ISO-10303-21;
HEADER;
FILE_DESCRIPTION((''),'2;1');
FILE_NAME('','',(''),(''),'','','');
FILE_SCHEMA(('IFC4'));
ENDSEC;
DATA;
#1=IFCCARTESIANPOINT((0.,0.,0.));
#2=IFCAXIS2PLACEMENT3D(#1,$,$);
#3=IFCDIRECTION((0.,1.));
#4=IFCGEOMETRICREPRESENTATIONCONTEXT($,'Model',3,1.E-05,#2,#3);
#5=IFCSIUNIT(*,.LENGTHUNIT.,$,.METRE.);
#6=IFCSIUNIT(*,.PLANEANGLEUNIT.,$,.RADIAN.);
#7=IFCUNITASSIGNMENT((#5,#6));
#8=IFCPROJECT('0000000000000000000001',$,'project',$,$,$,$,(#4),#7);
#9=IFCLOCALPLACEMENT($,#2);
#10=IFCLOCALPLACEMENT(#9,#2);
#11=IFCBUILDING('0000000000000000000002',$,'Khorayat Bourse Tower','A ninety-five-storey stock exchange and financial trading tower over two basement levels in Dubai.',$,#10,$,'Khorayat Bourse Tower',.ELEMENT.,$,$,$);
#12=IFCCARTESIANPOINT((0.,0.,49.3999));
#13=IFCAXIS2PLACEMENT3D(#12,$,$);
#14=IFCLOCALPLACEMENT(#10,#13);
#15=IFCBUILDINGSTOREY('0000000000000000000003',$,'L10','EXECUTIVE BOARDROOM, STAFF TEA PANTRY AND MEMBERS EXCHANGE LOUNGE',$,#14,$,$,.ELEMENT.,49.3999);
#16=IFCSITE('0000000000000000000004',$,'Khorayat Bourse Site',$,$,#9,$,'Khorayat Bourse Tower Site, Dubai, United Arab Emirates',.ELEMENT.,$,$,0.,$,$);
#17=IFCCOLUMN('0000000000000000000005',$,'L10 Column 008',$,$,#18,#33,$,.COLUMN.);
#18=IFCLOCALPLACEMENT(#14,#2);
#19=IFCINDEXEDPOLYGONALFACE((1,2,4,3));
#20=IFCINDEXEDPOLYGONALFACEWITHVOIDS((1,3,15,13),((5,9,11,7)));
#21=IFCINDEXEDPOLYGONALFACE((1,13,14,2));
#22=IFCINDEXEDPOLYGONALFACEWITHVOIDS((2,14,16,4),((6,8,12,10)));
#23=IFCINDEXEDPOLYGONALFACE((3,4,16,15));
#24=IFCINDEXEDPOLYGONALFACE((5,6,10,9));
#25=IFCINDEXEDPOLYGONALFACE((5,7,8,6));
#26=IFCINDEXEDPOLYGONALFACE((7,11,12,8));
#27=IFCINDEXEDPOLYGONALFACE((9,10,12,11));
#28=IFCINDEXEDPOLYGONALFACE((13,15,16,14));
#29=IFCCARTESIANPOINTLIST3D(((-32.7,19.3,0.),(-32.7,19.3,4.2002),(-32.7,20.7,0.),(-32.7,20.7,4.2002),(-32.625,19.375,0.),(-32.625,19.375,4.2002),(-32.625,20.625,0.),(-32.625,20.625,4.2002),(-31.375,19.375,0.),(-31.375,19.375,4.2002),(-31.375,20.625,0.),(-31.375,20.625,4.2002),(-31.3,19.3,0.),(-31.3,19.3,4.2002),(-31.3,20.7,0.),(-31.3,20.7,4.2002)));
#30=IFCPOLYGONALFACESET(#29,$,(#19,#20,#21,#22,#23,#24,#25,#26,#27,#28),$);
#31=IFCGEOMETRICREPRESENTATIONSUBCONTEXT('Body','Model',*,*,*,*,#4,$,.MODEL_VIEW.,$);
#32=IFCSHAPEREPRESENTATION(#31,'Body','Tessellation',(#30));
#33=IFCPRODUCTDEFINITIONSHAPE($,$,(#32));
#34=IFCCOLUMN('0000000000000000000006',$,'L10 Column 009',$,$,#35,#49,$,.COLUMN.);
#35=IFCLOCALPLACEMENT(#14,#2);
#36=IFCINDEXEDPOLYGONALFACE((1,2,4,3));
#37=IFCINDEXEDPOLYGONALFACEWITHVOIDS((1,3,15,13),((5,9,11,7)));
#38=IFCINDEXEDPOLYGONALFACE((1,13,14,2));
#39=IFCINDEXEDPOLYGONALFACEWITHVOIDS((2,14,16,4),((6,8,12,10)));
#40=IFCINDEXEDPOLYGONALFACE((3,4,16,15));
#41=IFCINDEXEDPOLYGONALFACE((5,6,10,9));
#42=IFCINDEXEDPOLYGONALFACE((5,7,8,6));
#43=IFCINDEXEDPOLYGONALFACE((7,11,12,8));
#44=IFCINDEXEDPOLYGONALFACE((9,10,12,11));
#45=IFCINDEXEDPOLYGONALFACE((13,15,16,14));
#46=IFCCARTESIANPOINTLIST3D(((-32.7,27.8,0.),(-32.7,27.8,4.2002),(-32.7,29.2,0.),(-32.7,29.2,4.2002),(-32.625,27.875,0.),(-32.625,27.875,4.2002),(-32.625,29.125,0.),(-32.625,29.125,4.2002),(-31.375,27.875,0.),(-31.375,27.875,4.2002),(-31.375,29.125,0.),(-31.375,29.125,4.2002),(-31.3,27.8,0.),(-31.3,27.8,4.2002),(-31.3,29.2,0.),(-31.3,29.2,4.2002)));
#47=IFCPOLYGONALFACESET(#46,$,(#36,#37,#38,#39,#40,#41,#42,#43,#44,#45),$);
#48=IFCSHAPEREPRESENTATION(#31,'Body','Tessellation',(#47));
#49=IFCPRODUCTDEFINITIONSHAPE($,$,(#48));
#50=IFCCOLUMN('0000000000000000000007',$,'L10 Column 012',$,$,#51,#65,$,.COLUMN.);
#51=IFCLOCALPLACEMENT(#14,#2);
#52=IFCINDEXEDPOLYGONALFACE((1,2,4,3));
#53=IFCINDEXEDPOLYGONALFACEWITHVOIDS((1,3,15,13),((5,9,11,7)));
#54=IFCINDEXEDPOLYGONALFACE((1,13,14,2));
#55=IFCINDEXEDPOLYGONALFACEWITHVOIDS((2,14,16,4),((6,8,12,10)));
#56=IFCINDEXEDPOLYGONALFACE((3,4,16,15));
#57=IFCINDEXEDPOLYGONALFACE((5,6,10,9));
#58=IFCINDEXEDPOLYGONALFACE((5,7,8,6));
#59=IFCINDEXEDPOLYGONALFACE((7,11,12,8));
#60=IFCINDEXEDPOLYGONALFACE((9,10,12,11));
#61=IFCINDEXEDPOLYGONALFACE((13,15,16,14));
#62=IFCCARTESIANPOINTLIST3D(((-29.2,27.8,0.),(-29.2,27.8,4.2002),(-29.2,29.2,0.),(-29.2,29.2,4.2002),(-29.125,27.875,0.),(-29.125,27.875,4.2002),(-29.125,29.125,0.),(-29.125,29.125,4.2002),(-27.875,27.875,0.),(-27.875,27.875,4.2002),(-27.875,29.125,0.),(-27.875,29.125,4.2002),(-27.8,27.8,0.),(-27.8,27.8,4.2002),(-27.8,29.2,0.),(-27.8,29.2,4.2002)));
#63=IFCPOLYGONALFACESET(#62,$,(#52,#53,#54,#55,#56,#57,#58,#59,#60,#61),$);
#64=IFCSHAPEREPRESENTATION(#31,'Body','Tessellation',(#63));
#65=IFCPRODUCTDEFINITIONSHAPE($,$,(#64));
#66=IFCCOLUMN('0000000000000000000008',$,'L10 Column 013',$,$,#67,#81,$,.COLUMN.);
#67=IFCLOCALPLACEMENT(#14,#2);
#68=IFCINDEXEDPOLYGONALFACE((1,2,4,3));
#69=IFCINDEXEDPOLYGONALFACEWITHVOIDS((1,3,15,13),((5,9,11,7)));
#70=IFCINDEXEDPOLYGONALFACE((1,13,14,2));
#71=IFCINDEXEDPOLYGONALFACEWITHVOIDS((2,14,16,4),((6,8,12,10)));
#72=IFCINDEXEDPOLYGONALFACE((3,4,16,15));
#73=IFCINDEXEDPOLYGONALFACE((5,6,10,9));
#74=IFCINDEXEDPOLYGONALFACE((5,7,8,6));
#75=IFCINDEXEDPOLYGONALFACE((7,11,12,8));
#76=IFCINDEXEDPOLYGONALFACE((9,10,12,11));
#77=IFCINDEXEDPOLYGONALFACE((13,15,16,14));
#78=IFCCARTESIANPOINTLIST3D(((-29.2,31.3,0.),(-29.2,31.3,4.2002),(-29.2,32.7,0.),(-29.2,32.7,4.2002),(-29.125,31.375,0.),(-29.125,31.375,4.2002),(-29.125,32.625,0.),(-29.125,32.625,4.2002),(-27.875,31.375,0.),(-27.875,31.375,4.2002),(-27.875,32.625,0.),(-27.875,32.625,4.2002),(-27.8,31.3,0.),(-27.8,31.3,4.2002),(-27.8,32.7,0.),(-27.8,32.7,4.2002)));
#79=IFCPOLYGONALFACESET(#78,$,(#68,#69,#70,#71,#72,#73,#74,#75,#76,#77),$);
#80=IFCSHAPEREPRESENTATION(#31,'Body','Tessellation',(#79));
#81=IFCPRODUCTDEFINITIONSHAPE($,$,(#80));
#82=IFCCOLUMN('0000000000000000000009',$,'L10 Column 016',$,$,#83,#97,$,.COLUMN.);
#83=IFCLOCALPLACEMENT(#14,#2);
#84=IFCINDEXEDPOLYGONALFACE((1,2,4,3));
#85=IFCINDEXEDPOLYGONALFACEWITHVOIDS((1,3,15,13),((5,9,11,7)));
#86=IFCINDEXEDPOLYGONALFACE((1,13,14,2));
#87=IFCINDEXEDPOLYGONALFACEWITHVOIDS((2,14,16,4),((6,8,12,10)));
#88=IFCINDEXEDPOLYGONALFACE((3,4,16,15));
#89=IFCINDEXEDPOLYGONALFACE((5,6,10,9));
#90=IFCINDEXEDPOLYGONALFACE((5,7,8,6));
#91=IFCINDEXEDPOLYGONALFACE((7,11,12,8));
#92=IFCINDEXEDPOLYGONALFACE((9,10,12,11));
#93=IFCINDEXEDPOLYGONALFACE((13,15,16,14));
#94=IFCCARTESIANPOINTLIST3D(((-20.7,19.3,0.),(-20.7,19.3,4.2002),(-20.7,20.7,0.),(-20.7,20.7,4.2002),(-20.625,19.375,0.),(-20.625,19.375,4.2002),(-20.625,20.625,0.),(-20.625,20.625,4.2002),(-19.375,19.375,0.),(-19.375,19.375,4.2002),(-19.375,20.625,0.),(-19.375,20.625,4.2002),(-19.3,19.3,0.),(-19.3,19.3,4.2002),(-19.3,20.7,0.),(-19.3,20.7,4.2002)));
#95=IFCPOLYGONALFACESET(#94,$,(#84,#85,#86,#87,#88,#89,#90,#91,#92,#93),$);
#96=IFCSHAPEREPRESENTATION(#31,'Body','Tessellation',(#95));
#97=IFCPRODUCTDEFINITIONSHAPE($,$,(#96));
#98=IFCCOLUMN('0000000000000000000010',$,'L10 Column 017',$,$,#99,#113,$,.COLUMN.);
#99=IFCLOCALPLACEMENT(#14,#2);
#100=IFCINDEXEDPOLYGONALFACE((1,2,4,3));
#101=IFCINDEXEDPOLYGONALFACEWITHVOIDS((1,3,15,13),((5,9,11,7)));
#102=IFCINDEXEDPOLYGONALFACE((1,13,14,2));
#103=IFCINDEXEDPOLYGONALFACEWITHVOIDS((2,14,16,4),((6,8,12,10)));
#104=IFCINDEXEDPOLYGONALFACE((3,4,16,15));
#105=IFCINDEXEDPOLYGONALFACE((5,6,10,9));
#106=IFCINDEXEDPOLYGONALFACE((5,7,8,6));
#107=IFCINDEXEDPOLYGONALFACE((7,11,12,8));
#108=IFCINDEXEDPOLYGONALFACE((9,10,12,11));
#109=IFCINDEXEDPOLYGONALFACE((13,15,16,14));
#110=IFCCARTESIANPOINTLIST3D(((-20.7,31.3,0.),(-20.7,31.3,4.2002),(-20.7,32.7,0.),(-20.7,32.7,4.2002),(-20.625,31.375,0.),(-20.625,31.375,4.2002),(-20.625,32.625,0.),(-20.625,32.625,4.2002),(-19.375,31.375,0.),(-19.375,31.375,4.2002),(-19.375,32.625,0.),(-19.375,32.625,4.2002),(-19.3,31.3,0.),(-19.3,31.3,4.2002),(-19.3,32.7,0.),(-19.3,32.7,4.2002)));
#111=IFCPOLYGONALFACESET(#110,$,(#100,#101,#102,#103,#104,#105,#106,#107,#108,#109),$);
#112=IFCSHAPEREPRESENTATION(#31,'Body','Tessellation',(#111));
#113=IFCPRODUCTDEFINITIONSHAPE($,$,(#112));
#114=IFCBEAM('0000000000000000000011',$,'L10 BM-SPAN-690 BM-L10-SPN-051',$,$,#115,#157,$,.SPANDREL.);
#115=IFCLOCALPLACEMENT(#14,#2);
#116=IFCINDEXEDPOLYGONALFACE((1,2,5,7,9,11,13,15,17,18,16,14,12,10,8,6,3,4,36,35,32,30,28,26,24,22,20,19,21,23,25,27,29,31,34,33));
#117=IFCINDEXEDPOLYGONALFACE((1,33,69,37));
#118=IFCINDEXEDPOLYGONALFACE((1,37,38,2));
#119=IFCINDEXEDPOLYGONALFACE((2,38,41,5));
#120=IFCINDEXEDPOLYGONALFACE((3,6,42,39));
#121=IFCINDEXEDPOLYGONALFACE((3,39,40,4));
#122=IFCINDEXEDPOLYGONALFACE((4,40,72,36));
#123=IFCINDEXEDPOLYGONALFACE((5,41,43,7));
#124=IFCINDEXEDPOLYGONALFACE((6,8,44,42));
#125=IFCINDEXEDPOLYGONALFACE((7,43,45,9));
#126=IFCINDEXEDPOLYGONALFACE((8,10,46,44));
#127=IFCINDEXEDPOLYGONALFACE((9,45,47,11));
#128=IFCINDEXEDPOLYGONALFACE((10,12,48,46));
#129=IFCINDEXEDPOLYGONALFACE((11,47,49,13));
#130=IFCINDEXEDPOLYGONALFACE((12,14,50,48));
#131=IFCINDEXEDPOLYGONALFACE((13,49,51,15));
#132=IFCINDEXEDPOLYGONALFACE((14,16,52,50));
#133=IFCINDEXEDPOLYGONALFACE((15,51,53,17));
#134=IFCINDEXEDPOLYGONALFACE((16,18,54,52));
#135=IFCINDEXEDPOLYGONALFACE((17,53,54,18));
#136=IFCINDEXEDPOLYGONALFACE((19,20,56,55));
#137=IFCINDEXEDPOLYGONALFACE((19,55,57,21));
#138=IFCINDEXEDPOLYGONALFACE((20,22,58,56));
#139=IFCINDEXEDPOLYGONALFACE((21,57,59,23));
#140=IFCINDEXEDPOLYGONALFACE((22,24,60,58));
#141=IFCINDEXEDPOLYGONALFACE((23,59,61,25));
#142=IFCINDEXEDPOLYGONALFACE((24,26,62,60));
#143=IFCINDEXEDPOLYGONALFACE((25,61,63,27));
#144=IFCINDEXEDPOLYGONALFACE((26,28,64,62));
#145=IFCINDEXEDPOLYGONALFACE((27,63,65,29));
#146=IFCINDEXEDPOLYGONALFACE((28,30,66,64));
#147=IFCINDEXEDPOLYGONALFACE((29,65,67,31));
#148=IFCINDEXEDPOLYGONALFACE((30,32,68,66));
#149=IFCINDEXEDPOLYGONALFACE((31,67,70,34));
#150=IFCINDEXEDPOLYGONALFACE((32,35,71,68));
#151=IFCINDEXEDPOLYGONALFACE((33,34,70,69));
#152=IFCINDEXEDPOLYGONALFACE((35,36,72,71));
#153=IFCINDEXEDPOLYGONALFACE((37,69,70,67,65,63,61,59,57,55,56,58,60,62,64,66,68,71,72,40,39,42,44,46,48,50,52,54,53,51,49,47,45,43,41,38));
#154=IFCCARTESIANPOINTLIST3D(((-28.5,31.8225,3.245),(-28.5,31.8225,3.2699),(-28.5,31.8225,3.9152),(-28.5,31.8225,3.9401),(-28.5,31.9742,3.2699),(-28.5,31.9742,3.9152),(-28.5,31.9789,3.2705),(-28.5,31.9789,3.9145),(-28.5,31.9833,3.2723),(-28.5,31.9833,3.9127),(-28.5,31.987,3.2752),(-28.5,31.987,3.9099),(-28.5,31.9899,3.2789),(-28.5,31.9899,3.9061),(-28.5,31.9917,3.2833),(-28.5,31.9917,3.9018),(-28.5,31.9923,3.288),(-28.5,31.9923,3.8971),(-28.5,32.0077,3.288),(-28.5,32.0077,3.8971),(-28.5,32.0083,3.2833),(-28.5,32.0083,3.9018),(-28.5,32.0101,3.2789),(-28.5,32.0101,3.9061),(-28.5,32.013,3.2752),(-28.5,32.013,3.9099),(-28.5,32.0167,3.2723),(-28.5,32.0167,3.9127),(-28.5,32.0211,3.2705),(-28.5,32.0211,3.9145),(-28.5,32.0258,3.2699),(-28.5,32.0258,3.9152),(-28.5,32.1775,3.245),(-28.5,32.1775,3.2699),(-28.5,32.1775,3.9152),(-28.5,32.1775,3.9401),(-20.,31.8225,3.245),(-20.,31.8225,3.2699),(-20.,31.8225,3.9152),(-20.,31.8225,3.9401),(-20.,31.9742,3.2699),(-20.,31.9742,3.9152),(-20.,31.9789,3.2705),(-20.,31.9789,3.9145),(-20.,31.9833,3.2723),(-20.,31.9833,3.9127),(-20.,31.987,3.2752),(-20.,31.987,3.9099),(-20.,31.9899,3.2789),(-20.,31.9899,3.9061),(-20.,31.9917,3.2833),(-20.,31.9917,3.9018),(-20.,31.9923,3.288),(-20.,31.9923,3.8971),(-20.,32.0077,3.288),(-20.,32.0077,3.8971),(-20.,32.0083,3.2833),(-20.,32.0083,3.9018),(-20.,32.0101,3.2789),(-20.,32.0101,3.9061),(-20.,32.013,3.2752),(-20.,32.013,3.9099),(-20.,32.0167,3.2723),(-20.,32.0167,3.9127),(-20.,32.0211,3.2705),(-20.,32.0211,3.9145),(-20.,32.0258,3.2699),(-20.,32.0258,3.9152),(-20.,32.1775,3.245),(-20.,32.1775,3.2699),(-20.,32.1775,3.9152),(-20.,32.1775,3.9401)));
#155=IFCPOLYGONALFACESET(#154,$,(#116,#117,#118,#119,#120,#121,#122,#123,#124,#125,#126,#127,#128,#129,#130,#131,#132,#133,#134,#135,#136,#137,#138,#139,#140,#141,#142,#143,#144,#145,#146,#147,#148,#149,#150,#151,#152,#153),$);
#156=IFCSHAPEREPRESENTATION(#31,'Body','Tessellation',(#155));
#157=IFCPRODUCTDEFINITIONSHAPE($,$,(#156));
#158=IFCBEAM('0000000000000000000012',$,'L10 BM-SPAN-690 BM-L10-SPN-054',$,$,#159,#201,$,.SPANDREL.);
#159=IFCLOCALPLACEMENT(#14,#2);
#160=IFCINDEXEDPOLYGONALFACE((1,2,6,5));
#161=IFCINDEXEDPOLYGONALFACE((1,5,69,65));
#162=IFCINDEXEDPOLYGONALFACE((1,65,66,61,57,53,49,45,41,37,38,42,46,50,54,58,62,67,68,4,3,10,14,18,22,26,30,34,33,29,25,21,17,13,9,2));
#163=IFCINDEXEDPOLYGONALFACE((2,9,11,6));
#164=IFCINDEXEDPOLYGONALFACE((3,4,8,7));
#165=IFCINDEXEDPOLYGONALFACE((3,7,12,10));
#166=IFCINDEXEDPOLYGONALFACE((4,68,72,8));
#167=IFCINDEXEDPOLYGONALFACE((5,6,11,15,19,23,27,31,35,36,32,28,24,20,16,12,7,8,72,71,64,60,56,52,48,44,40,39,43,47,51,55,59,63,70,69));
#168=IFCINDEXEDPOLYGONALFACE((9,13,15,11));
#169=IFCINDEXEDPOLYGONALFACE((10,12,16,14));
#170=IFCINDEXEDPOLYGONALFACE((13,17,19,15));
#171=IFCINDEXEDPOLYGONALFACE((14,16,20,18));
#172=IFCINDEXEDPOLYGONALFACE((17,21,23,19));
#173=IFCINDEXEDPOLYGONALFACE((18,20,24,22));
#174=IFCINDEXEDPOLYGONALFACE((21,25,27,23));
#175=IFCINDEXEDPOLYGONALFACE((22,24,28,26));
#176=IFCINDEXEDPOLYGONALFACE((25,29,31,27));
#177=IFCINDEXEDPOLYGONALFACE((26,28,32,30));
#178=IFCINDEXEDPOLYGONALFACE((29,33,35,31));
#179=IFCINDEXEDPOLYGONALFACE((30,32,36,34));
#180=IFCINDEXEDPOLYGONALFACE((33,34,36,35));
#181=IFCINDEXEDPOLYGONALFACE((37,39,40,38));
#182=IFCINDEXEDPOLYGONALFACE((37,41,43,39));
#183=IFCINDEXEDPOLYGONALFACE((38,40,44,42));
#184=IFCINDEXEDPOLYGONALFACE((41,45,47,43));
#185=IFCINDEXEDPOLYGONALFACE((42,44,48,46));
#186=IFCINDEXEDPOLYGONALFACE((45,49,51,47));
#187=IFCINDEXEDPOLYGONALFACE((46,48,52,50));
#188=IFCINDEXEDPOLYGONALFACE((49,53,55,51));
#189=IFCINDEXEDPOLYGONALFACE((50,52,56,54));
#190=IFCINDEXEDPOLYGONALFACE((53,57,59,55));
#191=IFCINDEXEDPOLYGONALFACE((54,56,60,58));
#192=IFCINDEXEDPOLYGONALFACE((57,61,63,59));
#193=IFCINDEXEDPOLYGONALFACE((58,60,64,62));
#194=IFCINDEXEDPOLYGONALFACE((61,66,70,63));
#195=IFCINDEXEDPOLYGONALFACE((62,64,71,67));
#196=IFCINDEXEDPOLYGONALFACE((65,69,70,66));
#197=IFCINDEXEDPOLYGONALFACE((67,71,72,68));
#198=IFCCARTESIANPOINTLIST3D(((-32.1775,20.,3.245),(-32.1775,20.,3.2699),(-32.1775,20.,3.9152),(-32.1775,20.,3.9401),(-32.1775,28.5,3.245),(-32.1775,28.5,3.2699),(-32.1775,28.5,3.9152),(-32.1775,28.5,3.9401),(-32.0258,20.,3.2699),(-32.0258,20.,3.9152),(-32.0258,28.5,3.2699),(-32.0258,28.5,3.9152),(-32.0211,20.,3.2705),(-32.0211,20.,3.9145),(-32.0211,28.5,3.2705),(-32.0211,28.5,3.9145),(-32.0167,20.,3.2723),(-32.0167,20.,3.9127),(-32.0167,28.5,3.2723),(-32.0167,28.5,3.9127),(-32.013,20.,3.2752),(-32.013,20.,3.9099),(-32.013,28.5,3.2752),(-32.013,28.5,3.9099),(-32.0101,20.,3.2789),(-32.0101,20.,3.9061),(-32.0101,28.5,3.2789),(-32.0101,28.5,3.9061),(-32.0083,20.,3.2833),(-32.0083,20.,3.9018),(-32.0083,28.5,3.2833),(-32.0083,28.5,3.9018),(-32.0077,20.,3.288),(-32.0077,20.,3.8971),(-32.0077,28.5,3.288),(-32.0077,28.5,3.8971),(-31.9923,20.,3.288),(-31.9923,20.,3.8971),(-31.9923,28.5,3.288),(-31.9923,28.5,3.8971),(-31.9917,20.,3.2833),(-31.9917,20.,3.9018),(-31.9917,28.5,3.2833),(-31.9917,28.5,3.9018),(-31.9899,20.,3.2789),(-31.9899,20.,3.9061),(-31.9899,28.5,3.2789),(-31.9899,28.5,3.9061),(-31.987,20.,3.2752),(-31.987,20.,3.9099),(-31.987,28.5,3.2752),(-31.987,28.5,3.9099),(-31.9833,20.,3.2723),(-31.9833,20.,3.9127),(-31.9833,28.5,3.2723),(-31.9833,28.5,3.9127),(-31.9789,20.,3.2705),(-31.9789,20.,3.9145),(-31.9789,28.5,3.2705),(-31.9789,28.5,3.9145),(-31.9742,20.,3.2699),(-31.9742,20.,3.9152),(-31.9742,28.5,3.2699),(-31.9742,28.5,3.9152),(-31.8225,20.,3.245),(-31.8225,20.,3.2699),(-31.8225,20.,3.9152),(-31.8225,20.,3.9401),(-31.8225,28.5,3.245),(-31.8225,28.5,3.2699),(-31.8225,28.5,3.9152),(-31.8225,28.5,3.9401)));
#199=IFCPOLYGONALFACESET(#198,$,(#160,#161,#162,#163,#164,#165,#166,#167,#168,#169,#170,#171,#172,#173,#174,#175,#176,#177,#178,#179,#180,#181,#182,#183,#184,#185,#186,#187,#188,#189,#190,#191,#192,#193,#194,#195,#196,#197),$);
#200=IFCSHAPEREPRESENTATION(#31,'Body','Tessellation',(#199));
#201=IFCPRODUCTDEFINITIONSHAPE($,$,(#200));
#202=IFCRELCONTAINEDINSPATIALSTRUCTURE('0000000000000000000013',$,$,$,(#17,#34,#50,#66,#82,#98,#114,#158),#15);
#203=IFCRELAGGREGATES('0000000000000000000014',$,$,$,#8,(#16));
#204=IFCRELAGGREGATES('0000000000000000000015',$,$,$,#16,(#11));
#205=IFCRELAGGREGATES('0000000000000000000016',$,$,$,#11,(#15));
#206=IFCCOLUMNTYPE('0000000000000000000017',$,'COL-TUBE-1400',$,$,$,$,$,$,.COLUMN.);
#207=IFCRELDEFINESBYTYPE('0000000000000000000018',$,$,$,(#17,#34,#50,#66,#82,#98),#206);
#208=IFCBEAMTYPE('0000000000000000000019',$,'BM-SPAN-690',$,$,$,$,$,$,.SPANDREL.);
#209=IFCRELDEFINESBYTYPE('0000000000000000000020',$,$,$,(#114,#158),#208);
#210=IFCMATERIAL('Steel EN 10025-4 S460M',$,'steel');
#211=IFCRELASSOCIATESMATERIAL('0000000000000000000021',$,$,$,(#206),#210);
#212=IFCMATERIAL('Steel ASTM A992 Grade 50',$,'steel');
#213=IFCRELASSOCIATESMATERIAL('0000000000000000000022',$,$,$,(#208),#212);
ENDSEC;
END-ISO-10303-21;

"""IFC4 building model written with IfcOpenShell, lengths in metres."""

from ifc_helpers import new_model, si_unit, direction, frame, origin, origin_2d, place, context, subcontext, project, spatial, hollow_rectangle, i_section, extrude, source, transform, mapped, material, material_profile, profile_set, type_object, element, save


model = new_model("IFC4")

# Units and contexts
model_context = context("Model", 3, precision=1e-05, world=origin(), true_north=direction((0.0, 1.0)))
body_context = subcontext(model_context, "Body", "Model", "MODEL_VIEW")
ifc_project = project(units=[si_unit("LENGTHUNIT", "METRE"), si_unit("PLANEANGLEUNIT", "RADIAN")], contexts=[model_context])

# Site, building, storey
site_placement = place(None, origin())
site = spatial("IfcSite", under=ifc_project, at=site_placement, Name="Khorayat Bourse Site", LongName="Khorayat Bourse Tower Site, Dubai, United Arab Emirates", CompositionType="ELEMENT", RefElevation=0.0)
building_placement = place(site_placement, origin())
building = spatial("IfcBuilding", under=site, at=building_placement, Name="Khorayat Bourse Tower", Description="A ninety-five-storey stock exchange and financial trading tower over two basement levels in Dubai.", LongName="Khorayat Bourse Tower", CompositionType="ELEMENT")
storey_placement = place(building_placement, frame((0.0, 0.0, 49.3999)))
storey = spatial("IfcBuildingStorey", under=building, at=storey_placement, Name="L10", Description="EXECUTIVE BOARDROOM, STAFF TEA PANTRY AND MEMBERS EXCHANGE LOUNGE", CompositionType="ELEMENT", Elevation=49.3999)

# Columns
ifc_material_1 = material(Name="Steel EN 10025-4 S460M", Category="steel")
ifc_material_profile_1 = material_profile(ifc_material_1, hollow_rectangle(XDim=1.3999, YDim=1.3999, WallThickness=0.075, at=origin_2d()), Name="BOX 1400x1400x75")
ifc_profile_set_1 = profile_set([ifc_material_profile_1], Name="Steel EN 10025-4 S460M")
column_type = type_object("IfcColumnType", Name="COL-TUBE-1400", PredefinedType="COLUMN", material=ifc_profile_set_1)
shared_shape_1 = source(origin(), body_context, "Body", "SweptSolid", [
    extrude(hollow_rectangle(XDim=1.3999, YDim=1.3999, WallThickness=0.075, at=origin_2d()), origin(), (0.0, 0.0, 1.0), 4.2002),
])
for number, where, z_axis, x_axis, name in (
    (1, (-32.0, 20.0, 0.0), (0.0, 0.0, 1.0), (1.0, 0.0, 0.0), "L10 Column 008"),
    (2, (-32.0, 28.5, 0.0), (0.0, 0.0, 1.0), (1.0, 0.0, 0.0), "L10 Column 009"),
    (3, (-28.5, 28.5, 0.0), (0.0, 0.0, 1.0), (1.0, 0.0, 0.0), "L10 Column 012"),
    (4, (-28.5, 32.0, 0.0), (0.0, 0.0, 1.0), (1.0, 0.0, 0.0), "L10 Column 013"),
    (5, (-20.0, 20.0, 0.0), (0.0, 0.0, 1.0), (1.0, 0.0, 0.0), "L10 Column 016"),
    (6, (-20.0, 32.0, 0.0), (0.0, 0.0, 1.0), (1.0, 0.0, 0.0), "L10 Column 017"),
):
    element("IfcColumn", number, at=place(storey_placement, frame(where, z_axis=z_axis, x_axis=x_axis)), inside=storey, type_object=column_type, Name=name, PredefinedType="COLUMN", context=body_context, shape_type="MappedRepresentation", body=[
        mapped(shared_shape_1, transform((0.0, 0.0, 0.0), scale=1.0)),
    ])

# Beams
ifc_material_2 = material(Name="Steel ASTM A992 Grade 50", Category="steel")
ifc_material_profile_2 = material_profile(ifc_material_2, i_section(OverallWidth=0.355, OverallDepth=0.6951, WebThickness=0.0154, FlangeThickness=0.0249, FilletRadius=0.0181, at=origin_2d()), Name="W690X217")
ifc_profile_set_2 = profile_set([ifc_material_profile_2], Name="Steel ASTM A992 Grade 50")
beam_type_1 = type_object("IfcBeamType", Name="BM-SPAN-690", PredefinedType="SPANDREL", material=ifc_profile_set_2)
shared_shape_2 = source(origin(), body_context, "Body", "SweptSolid", [
    extrude(i_section(OverallWidth=0.355, OverallDepth=0.6951, WebThickness=0.0154, FlangeThickness=0.0249, FilletRadius=0.0181, at=origin_2d()), origin(), (0.0, 0.0, 1.0), 8.5),
])
for number, where, z_axis, x_axis, name in (
    (7, (-28.5, 32.0, 3.5925), (1.0, 0.0, 0.0), (0.0, 1.0, 0.0), "L10 BM-SPAN-690 BM-L10-SPN-051"),
    (8, (-32.0, 20.0, 3.5925), (0.0, 1.0, 0.0), (-1.0, 0.0, 0.0), "L10 BM-SPAN-690 BM-L10-SPN-054"),
):
    element("IfcBeam", number, at=place(storey_placement, frame(where, z_axis=z_axis, x_axis=x_axis)), inside=storey, type_object=beam_type_1, Name=name, PredefinedType="SPANDREL", context=body_context, shape_type="MappedRepresentation", body=[
        mapped(shared_shape_2, transform((0.0, 0.0, 0.0), scale=1.0)),
    ])

save(model, "model.ifc")
